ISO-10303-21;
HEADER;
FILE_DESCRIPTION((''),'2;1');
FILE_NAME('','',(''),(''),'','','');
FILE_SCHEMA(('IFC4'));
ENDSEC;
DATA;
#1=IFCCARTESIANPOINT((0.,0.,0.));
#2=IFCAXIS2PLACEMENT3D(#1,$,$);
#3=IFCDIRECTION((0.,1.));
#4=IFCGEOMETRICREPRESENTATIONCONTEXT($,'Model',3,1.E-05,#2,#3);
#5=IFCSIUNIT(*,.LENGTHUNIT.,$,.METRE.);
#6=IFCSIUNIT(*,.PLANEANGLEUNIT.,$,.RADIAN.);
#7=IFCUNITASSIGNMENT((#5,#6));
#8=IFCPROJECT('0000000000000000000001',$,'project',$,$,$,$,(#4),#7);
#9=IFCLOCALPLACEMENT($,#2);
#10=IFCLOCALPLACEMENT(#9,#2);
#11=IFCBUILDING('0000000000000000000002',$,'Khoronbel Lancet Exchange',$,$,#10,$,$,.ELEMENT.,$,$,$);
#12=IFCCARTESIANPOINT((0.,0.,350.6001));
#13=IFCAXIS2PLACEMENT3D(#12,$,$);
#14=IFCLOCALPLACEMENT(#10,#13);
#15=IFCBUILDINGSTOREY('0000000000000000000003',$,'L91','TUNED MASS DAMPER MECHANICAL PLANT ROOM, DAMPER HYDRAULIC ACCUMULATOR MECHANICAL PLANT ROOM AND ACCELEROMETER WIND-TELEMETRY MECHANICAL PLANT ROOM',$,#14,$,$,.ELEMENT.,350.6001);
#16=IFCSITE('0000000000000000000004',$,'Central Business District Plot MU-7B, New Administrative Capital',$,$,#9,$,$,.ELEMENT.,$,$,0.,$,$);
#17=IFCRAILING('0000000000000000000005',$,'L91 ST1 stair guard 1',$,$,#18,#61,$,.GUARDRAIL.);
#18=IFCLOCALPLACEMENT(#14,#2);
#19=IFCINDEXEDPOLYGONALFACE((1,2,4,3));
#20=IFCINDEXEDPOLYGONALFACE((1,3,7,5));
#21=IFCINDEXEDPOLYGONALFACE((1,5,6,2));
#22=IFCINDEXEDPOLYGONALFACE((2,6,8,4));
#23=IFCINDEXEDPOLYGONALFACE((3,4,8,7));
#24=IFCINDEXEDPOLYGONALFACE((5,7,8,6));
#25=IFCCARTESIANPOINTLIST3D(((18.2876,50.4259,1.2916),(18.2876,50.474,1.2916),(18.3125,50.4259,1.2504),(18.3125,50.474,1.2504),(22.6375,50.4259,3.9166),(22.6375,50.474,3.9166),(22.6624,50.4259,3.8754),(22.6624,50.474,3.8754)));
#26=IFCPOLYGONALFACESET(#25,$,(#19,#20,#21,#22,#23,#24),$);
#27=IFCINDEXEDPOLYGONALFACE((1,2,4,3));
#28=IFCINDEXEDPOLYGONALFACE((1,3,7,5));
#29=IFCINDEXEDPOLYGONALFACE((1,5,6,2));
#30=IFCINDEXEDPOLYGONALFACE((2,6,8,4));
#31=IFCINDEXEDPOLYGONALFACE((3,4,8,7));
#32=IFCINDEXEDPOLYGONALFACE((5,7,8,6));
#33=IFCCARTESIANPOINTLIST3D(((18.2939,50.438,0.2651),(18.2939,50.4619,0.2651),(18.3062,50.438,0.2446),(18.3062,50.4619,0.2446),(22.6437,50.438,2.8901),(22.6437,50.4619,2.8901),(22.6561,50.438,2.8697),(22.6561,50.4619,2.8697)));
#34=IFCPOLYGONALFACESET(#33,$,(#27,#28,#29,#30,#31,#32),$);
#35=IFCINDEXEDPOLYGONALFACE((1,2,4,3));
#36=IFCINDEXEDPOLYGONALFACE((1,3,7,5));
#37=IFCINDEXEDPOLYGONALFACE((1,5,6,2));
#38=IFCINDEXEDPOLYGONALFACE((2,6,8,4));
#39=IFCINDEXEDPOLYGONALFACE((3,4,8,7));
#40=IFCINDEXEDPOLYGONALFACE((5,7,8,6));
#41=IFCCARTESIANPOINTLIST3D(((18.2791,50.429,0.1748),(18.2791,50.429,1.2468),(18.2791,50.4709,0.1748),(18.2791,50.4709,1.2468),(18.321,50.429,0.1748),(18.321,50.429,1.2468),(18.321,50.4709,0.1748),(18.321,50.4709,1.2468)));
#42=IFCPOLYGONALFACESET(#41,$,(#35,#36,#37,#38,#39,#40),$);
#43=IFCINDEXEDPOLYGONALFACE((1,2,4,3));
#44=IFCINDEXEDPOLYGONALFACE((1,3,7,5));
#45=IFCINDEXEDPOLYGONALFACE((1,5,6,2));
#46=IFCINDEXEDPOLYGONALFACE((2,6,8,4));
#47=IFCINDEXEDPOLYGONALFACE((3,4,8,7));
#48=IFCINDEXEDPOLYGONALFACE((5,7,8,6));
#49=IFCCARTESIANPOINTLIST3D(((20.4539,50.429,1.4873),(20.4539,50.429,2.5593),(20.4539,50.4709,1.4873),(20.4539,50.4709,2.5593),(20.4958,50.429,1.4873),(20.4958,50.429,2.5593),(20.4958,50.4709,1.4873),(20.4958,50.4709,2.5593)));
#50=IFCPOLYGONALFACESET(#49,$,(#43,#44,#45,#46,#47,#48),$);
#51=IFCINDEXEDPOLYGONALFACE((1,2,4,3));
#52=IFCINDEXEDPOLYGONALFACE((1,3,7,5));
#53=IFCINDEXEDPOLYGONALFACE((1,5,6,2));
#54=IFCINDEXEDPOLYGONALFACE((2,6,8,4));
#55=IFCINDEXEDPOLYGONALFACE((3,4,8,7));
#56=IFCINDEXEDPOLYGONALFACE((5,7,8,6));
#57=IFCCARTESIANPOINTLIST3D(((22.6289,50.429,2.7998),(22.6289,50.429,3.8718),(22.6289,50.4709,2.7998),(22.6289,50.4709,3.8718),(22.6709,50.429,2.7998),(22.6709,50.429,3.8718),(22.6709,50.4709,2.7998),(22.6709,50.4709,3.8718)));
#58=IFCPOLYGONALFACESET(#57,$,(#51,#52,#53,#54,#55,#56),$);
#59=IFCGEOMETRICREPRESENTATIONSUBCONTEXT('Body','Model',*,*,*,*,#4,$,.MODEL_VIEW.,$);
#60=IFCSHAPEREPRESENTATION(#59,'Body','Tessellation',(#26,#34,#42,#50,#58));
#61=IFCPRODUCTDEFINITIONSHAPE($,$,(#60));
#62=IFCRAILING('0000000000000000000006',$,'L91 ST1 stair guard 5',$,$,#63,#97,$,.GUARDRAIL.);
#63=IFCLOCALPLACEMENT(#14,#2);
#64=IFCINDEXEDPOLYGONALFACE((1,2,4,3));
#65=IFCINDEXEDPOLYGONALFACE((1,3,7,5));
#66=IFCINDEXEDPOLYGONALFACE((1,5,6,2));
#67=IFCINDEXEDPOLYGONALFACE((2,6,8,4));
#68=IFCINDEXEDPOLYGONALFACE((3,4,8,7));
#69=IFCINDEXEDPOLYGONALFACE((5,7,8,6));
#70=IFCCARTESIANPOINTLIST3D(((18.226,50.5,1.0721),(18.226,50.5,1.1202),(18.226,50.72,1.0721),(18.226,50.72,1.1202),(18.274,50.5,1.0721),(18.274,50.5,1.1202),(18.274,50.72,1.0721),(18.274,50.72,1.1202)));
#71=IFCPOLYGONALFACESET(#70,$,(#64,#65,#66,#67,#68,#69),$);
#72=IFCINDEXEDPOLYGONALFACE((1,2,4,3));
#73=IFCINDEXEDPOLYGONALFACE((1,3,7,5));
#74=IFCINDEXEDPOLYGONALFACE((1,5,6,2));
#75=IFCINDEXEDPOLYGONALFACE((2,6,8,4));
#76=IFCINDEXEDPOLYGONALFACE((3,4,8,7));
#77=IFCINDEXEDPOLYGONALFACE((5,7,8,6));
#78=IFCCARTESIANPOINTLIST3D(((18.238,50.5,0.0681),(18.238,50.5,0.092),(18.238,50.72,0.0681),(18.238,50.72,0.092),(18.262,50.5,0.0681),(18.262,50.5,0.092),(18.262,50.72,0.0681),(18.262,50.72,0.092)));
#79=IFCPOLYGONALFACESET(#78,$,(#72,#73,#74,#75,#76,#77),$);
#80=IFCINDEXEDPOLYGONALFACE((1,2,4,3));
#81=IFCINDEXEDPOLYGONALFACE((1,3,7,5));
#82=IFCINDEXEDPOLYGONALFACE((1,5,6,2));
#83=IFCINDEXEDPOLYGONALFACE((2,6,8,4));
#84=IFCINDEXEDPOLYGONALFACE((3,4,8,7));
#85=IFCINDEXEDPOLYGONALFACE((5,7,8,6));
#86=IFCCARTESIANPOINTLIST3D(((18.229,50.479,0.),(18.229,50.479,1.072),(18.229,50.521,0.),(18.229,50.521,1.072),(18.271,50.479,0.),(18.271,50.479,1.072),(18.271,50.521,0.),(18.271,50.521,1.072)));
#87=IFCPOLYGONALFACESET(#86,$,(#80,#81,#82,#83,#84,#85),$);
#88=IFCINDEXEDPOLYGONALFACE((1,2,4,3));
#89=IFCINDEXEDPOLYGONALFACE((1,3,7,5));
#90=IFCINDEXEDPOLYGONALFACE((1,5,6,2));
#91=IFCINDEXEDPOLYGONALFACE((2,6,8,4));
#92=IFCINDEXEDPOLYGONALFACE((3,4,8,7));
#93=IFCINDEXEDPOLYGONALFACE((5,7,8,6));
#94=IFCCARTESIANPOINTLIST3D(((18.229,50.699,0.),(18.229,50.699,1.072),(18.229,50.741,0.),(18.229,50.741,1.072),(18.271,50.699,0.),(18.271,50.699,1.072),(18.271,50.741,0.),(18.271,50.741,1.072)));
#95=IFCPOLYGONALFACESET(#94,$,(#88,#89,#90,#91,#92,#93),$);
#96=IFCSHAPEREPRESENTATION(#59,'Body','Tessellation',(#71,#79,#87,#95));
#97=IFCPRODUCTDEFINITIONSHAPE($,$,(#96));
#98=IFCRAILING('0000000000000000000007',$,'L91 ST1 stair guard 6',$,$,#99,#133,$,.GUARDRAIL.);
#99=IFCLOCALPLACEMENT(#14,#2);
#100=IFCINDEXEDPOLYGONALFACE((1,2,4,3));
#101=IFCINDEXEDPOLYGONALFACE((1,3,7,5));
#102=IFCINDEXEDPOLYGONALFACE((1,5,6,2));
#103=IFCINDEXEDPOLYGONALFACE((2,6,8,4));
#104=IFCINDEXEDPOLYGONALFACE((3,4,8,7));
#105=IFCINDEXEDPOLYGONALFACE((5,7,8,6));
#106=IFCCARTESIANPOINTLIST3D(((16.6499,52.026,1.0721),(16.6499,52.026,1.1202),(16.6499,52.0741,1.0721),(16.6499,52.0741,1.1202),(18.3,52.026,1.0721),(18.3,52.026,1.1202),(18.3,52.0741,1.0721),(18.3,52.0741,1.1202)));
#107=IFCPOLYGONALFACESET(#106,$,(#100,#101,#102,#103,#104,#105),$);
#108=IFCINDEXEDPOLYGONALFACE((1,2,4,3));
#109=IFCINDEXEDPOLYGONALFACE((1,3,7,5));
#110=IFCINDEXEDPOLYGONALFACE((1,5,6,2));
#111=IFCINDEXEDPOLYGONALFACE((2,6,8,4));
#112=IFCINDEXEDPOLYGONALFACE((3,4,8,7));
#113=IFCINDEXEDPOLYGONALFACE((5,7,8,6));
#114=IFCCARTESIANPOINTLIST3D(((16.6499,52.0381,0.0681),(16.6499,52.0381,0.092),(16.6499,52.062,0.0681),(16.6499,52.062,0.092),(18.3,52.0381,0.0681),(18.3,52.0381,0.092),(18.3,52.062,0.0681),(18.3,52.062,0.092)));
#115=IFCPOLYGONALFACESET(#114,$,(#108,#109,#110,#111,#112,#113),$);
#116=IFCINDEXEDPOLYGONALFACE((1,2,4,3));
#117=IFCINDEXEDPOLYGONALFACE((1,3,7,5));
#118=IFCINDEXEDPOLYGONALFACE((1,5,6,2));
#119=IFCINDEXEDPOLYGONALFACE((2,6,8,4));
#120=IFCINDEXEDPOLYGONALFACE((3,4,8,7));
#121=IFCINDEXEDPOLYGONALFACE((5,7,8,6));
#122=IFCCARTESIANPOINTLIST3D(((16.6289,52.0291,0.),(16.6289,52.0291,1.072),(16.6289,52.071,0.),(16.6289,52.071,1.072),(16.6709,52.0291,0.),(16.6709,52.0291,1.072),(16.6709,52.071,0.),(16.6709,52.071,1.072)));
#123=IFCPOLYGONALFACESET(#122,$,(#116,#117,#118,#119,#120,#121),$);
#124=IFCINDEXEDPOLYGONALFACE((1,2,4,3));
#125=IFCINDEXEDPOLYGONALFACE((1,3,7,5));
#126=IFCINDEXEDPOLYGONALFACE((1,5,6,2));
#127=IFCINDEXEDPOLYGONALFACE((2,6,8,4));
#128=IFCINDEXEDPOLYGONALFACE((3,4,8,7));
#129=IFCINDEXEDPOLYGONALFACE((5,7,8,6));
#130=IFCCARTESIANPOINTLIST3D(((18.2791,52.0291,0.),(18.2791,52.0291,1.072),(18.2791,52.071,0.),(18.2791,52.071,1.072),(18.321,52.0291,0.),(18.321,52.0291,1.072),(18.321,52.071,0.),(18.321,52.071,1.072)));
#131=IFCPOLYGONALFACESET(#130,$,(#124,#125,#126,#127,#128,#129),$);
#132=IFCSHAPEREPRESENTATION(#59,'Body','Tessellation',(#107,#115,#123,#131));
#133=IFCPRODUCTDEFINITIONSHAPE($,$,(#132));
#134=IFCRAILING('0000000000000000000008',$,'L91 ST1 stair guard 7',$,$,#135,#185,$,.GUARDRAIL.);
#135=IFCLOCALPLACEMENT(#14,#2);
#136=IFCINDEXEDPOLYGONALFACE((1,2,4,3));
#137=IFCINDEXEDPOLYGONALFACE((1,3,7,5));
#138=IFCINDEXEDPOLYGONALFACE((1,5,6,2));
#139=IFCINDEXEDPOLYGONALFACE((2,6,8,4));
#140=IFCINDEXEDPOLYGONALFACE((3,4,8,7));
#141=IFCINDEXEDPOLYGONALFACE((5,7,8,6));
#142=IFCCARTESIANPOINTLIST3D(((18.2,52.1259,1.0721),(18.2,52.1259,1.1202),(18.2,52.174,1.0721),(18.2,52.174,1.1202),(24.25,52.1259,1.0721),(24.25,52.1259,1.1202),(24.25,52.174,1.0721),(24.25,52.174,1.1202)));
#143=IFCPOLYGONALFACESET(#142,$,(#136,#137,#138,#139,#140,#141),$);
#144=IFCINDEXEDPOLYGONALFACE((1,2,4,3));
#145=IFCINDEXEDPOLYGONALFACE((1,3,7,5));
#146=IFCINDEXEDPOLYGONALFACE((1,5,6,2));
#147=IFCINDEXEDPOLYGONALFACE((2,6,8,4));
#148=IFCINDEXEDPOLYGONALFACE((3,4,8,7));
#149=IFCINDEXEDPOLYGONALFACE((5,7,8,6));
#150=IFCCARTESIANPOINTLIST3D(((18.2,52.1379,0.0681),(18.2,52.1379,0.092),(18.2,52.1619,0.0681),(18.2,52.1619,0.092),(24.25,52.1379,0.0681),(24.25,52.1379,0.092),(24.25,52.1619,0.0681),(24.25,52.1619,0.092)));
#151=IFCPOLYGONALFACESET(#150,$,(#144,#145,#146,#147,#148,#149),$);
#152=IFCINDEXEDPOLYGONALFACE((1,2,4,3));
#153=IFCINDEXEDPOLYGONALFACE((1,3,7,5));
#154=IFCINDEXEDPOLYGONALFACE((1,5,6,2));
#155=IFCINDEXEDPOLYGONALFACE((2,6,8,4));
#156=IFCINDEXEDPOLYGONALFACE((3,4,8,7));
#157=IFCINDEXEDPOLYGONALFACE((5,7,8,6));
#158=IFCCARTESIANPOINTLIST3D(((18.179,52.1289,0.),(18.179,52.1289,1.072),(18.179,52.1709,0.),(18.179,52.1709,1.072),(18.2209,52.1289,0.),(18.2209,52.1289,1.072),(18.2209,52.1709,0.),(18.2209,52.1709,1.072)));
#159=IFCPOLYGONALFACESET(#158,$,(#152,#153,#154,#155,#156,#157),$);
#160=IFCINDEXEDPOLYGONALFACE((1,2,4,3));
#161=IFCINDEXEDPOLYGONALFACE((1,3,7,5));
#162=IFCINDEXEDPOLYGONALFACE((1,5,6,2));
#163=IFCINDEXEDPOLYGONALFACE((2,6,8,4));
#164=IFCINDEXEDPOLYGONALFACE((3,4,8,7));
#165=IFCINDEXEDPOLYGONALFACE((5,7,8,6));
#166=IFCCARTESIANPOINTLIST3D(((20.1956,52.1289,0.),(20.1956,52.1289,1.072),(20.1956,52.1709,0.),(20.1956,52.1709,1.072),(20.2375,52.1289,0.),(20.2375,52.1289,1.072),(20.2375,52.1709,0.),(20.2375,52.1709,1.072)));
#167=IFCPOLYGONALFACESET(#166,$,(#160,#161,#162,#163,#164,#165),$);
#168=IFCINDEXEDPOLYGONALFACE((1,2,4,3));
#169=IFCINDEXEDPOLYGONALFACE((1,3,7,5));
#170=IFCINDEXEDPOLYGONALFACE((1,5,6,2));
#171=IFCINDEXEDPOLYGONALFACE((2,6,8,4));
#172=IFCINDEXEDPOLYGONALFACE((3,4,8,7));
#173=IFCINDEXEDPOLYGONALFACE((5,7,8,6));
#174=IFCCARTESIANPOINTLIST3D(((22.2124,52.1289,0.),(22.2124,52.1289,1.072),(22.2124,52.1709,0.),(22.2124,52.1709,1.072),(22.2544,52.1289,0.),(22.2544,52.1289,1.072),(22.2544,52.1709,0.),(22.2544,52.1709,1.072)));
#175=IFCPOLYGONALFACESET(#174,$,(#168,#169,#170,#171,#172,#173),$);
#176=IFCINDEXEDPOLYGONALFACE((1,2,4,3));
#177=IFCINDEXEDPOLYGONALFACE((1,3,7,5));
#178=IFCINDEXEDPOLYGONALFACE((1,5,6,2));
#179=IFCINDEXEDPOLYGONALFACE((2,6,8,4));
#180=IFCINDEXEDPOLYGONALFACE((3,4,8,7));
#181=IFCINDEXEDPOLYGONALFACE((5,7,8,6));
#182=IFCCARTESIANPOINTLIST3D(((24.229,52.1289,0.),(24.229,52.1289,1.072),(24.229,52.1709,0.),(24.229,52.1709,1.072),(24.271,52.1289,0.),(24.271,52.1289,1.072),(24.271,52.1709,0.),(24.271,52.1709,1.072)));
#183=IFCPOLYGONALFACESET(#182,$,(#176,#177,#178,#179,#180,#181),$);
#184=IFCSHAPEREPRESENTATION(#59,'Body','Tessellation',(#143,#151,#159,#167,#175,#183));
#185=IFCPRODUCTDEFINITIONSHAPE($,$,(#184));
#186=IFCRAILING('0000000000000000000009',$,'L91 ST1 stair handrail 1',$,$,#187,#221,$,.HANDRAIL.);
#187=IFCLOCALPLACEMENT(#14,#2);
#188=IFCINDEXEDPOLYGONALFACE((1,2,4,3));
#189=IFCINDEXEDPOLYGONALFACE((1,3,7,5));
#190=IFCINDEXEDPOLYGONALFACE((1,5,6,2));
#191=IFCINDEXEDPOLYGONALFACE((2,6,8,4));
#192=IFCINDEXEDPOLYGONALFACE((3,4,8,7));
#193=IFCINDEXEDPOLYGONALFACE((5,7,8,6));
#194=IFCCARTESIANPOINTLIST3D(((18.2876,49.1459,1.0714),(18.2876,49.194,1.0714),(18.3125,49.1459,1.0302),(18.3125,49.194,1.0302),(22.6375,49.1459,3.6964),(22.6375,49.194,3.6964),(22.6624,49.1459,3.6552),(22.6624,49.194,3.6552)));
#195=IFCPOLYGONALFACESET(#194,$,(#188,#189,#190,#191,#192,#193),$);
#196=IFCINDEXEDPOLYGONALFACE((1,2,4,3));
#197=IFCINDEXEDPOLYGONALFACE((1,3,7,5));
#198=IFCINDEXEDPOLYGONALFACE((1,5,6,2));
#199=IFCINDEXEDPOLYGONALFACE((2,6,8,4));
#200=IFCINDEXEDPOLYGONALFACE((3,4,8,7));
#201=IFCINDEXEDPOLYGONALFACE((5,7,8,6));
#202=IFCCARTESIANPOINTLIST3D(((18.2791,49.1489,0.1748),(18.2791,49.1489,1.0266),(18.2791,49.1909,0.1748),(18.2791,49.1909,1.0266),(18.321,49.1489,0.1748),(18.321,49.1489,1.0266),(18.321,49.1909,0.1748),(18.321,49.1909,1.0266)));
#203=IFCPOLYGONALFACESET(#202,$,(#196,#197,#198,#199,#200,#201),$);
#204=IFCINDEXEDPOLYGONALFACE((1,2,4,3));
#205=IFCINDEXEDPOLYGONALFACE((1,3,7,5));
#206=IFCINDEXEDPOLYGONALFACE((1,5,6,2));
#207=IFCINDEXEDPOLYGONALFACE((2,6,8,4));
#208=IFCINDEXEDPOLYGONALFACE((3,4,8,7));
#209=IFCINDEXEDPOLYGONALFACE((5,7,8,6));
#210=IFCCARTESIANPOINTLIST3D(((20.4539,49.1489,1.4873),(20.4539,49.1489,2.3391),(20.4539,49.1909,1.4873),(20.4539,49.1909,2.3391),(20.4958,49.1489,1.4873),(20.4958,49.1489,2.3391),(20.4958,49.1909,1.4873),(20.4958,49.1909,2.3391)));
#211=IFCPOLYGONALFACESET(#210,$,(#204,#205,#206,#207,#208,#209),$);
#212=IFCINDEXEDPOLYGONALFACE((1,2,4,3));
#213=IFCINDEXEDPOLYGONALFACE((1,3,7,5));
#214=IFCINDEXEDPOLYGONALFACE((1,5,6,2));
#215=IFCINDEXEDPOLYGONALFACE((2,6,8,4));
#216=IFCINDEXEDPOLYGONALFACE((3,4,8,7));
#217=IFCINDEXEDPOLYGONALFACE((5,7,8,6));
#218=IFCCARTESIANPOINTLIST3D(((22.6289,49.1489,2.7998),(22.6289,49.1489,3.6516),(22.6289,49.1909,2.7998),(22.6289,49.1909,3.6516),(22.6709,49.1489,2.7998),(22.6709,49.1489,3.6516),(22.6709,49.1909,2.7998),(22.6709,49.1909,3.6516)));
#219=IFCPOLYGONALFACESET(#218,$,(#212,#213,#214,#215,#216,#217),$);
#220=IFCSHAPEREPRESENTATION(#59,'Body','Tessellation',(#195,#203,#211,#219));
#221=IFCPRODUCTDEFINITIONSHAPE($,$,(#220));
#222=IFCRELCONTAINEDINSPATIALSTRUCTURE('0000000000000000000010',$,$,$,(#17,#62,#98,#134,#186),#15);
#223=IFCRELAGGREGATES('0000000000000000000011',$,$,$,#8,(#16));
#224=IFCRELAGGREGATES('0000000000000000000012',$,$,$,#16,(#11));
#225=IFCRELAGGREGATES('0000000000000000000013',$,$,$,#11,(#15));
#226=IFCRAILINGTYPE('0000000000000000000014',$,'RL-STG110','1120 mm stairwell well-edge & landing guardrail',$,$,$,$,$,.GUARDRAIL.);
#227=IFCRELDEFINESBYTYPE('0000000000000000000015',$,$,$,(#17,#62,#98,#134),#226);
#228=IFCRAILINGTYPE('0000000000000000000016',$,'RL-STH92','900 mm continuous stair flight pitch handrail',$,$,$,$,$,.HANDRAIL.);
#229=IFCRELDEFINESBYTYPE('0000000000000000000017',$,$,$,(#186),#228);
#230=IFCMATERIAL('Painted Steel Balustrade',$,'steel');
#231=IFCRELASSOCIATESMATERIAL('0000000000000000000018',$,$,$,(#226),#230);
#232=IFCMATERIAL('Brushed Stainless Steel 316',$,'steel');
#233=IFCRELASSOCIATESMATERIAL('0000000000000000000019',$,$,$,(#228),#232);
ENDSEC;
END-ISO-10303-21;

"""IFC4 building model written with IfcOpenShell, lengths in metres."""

from ifc_helpers import new_model, si_unit, direction, frame, origin, origin_2d, place, context, subcontext, project, spatial, rectangle, extrude, material, type_object, element, save


model = new_model("IFC4")

# Units and contexts
model_context = context("Model", 3, precision=1e-05, world=origin(), true_north=direction((0.0, 1.0)))
body_context = subcontext(model_context, "Body", "Model", "MODEL_VIEW")
ifc_project = project(units=[si_unit("LENGTHUNIT", "METRE"), si_unit("PLANEANGLEUNIT", "RADIAN")], contexts=[model_context])

# Site, building, storey
site_placement = place(None, origin())
site = spatial("IfcSite", under=ifc_project, at=site_placement, Name="Central Business District Plot MU-7B, New Administrative Capital", CompositionType="ELEMENT", RefElevation=0.0)
building_placement = place(site_placement, origin())
building = spatial("IfcBuilding", under=site, at=building_placement, Name="Khoronbel Lancet Exchange", CompositionType="ELEMENT")
storey_placement = place(building_placement, frame((0.0, 0.0, 350.6001)))
storey = spatial("IfcBuildingStorey", under=building, at=storey_placement, Name="L91", Description="TUNED MASS DAMPER MECHANICAL PLANT ROOM, DAMPER HYDRAULIC ACCUMULATOR MECHANICAL PLANT ROOM AND ACCELEROMETER WIND-TELEMETRY MECHANICAL PLANT ROOM", CompositionType="ELEMENT", Elevation=350.6001)

# Railings
ifc_material_1 = material(Name="Painted Steel Balustrade", Category="steel")
railing_type_1 = type_object("IfcRailingType", Name="RL-STG110", Description="1120 mm stairwell well-edge & landing guardrail", PredefinedType="GUARDRAIL", material=ifc_material_1)
railing_1_placement = place(storey_placement, frame((18.3, 50.45, 0.1748)))
element("IfcRailing", 1, at=railing_1_placement, inside=storey, type_object=railing_type_1, Name="L91 ST1 stair guard 1", PredefinedType="GUARDRAIL", context=body_context, shape_type="SweptSolid", body=[
    extrude(rectangle(XDim=0.0481, YDim=0.0481, at=origin_2d()), frame((0.0, 0.0, 1.0962), z_axis=(0.85618, 0.0, 0.516678), x_axis=(0.0, 1.0, 0.0)), (0.0, 0.0, 1.0), 5.0806),
    extrude(rectangle(XDim=0.0239, YDim=0.0239, at=origin_2d()), frame((0.0, 0.0, 0.0801), z_axis=(0.85618, 0.0, 0.516678), x_axis=(0.0, 1.0, 0.0)), (0.0, 0.0, 1.0), 5.0806),
    extrude(rectangle(XDim=0.042, YDim=0.042, at=origin_2d()), origin(), (0.0, 0.0, 1.0), 1.072),
    extrude(rectangle(XDim=0.042, YDim=0.042, at=origin_2d()), frame((2.1748, 0.0, 1.3125)), (0.0, 0.0, 1.0), 1.072),
    extrude(rectangle(XDim=0.042, YDim=0.042, at=origin_2d()), frame((4.3499, 0.0, 2.625)), (0.0, 0.0, 1.0), 1.072),
])
railing_2_placement = place(storey_placement, frame((18.25, 50.5, 0.0)))
element("IfcRailing", 2, at=railing_2_placement, inside=storey, type_object=railing_type_1, Name="L91 ST1 stair guard 5", PredefinedType="GUARDRAIL", context=body_context, shape_type="SweptSolid", body=[
    extrude(rectangle(XDim=0.0481, YDim=0.0481, at=origin_2d()), frame((0.0, 0.0, 1.0962), z_axis=(0.0, 1.0, 0.0), x_axis=(-1.0, 0.0, 0.0)), (0.0, 0.0, 1.0), 0.22),
    extrude(rectangle(XDim=0.0239, YDim=0.0239, at=origin_2d()), frame((0.0, 0.0, 0.0801), z_axis=(0.0, 1.0, 0.0), x_axis=(-1.0, 0.0, 0.0)), (0.0, 0.0, 1.0), 0.22),
    extrude(rectangle(XDim=0.042, YDim=0.042, at=origin_2d()), origin(), (0.0, 0.0, 1.0), 1.072),
    extrude(rectangle(XDim=0.042, YDim=0.042, at=origin_2d()), frame((0.0, 0.22, 0.0)), (0.0, 0.0, 1.0), 1.072),
])
railing_3_placement = place(storey_placement, frame((16.6499, 52.05, 0.0)))
element("IfcRailing", 3, at=railing_3_placement, inside=storey, type_object=railing_type_1, Name="L91 ST1 stair guard 6", PredefinedType="GUARDRAIL", context=body_context, shape_type="SweptSolid", body=[
    extrude(rectangle(XDim=0.0481, YDim=0.0481, at=origin_2d()), frame((0.0, 0.0, 1.0962), z_axis=(1.0, 0.0, 0.0), x_axis=(0.0, 1.0, 0.0)), (0.0, 0.0, 1.0), 1.6501),
    extrude(rectangle(XDim=0.0239, YDim=0.0239, at=origin_2d()), frame((0.0, 0.0, 0.0801), z_axis=(1.0, 0.0, 0.0), x_axis=(0.0, 1.0, 0.0)), (0.0, 0.0, 1.0), 1.6501),
    extrude(rectangle(XDim=0.042, YDim=0.042, at=origin_2d()), origin(), (0.0, 0.0, 1.0), 1.072),
    extrude(rectangle(XDim=0.042, YDim=0.042, at=origin_2d()), frame((1.6501, 0.0, 0.0)), (0.0, 0.0, 1.0), 1.072),
])
railing_4_placement = place(storey_placement, frame((18.2, 52.1499, 0.0)))
element("IfcRailing", 4, at=railing_4_placement, inside=storey, type_object=railing_type_1, Name="L91 ST1 stair guard 7", PredefinedType="GUARDRAIL", context=body_context, shape_type="SweptSolid", body=[
    extrude(rectangle(XDim=0.0481, YDim=0.0481, at=origin_2d()), frame((0.0, 0.0, 1.0962), z_axis=(1.0, 0.0, 0.0), x_axis=(0.0, 1.0, 0.0)), (0.0, 0.0, 1.0), 6.05),
    extrude(rectangle(XDim=0.0239, YDim=0.0239, at=origin_2d()), frame((0.0, 0.0, 0.0801), z_axis=(1.0, 0.0, 0.0), x_axis=(0.0, 1.0, 0.0)), (0.0, 0.0, 1.0), 6.05),
    extrude(rectangle(XDim=0.042, YDim=0.042, at=origin_2d()), origin(), (0.0, 0.0, 1.0), 1.072),
    extrude(rectangle(XDim=0.042, YDim=0.042, at=origin_2d()), frame((2.0166, 0.0, 0.0)), (0.0, 0.0, 1.0), 1.072),
    extrude(rectangle(XDim=0.042, YDim=0.042, at=origin_2d()), frame((4.0334, 0.0, 0.0)), (0.0, 0.0, 1.0), 1.072),
    extrude(rectangle(XDim=0.042, YDim=0.042, at=origin_2d()), frame((6.05, 0.0, 0.0)), (0.0, 0.0, 1.0), 1.072),
])
ifc_material_2 = material(Name="Brushed Stainless Steel 316", Category="steel")
railing_type_2 = type_object("IfcRailingType", Name="RL-STH92", Description="900 mm continuous stair flight pitch handrail", PredefinedType="HANDRAIL", material=ifc_material_2)
railing_5_placement = place(storey_placement, frame((18.3, 49.1699, 0.1748)))
element("IfcRailing", 5, at=railing_5_placement, inside=storey, type_object=railing_type_2, Name="L91 ST1 stair handrail 1", PredefinedType="HANDRAIL", context=body_context, shape_type="SweptSolid", body=[
    extrude(rectangle(XDim=0.0481, YDim=0.0481, at=origin_2d()), frame((0.0, 0.0, 0.876), z_axis=(0.85618, 0.0, 0.516678), x_axis=(0.0, 1.0, 0.0)), (0.0, 0.0, 1.0), 5.0806),
    extrude(rectangle(XDim=0.042, YDim=0.042, at=origin_2d()), origin(), (0.0, 0.0, 1.0), 0.8518),
    extrude(rectangle(XDim=0.042, YDim=0.042, at=origin_2d()), frame((2.1748, 0.0, 1.3125)), (0.0, 0.0, 1.0), 0.8518),
    extrude(rectangle(XDim=0.042, YDim=0.042, at=origin_2d()), frame((4.3499, 0.0, 2.625)), (0.0, 0.0, 1.0), 0.8518),
])

save(model, "model.ifc")
